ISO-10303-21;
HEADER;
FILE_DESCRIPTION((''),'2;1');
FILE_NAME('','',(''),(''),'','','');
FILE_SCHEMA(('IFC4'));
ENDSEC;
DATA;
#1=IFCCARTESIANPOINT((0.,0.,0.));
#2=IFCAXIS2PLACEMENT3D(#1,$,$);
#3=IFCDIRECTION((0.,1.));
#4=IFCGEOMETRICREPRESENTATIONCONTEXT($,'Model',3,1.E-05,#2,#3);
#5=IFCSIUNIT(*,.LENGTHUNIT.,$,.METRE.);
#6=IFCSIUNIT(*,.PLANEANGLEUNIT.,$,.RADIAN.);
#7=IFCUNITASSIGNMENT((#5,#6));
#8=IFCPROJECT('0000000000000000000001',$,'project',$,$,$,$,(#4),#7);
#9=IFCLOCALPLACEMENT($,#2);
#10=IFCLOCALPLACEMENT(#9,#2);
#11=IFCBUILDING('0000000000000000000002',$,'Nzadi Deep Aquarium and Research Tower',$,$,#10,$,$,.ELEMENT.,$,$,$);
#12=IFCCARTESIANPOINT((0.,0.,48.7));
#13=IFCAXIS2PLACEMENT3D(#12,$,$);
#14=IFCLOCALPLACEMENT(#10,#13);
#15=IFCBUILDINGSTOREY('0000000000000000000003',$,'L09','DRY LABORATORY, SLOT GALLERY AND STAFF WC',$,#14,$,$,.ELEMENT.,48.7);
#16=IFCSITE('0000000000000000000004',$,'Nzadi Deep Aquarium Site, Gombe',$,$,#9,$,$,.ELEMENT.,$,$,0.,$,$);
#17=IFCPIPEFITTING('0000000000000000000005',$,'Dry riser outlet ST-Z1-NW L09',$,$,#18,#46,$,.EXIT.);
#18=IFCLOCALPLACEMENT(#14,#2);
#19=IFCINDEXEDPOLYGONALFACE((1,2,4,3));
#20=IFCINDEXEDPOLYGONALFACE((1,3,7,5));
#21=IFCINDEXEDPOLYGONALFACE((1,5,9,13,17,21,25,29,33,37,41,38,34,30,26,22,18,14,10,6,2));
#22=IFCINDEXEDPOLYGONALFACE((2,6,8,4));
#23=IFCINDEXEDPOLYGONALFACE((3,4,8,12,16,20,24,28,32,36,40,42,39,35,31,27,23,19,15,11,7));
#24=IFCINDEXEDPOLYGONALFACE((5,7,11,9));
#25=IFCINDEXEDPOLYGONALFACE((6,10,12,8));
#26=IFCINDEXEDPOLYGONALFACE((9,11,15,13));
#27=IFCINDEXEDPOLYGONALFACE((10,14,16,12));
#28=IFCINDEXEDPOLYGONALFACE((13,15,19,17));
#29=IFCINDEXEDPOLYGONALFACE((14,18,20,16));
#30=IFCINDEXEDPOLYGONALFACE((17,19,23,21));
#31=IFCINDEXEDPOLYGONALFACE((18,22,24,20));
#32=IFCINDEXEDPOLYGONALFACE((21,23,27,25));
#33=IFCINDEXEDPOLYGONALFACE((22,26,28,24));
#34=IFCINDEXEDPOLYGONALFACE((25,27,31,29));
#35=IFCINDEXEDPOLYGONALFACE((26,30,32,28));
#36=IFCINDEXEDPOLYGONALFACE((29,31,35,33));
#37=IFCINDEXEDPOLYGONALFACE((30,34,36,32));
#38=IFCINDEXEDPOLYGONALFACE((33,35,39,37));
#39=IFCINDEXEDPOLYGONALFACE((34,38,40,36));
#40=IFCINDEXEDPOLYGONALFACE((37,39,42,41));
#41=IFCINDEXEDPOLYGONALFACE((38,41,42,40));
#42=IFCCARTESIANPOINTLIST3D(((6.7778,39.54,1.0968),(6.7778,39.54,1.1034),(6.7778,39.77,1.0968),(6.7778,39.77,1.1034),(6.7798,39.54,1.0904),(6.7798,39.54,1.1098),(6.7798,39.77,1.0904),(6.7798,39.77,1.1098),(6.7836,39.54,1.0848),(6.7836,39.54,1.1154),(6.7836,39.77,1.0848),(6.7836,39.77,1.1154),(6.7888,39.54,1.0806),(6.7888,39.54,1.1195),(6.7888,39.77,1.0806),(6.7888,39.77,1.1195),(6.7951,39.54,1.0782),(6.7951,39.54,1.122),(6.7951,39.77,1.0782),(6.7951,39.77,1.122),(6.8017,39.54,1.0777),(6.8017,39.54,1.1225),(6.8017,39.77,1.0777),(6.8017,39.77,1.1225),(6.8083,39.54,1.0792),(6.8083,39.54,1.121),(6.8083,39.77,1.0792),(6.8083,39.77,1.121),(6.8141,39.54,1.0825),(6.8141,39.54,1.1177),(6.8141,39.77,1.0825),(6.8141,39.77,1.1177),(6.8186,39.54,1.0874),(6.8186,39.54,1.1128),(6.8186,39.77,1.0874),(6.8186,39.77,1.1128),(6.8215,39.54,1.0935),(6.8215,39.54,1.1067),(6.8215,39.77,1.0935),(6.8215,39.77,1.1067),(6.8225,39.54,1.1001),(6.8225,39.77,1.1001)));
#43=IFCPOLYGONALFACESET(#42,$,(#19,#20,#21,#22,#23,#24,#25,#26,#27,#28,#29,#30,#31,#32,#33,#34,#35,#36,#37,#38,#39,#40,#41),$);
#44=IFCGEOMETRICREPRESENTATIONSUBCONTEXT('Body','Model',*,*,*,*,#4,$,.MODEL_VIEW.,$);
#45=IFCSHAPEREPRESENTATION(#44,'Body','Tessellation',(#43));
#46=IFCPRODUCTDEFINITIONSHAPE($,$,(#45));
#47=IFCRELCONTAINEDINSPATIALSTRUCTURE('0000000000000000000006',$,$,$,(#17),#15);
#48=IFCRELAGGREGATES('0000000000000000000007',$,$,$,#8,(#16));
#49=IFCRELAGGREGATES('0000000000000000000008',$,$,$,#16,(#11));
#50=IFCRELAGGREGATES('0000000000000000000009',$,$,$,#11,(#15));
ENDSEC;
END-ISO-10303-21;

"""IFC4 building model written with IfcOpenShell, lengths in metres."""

from ifc_helpers import new_model, si_unit, direction, frame, origin, origin_2d, place, context, subcontext, project, spatial, circle, extrude, element, save


model = new_model("IFC4")

# Units and contexts
model_context = context("Model", 3, precision=1e-05, world=origin(), true_north=direction((0.0, 1.0)))
body_context = subcontext(model_context, "Body", "Model", "MODEL_VIEW")
ifc_project = project(units=[si_unit("LENGTHUNIT", "METRE"), si_unit("PLANEANGLEUNIT", "RADIAN")], contexts=[model_context])

# Site, building, storey
site_placement = place(None, origin())
site = spatial("IfcSite", under=ifc_project, at=site_placement, Name="Nzadi Deep Aquarium Site, Gombe", CompositionType="ELEMENT", RefElevation=0.0)
building_placement = place(site_placement, origin())
building = spatial("IfcBuilding", under=site, at=building_placement, Name="Nzadi Deep Aquarium and Research Tower", CompositionType="ELEMENT")
storey_placement = place(building_placement, frame((0.0, 0.0, 48.7)))
storey = spatial("IfcBuildingStorey", under=building, at=storey_placement, Name="L09", Description="DRY LABORATORY, SLOT GALLERY AND STAFF WC", CompositionType="ELEMENT", Elevation=48.7)

# Pipe fitting
pipe_fitting_placement = place(storey_placement, frame((6.8, 39.77, 1.1001), z_axis=(0.0, -1.0, 0.0), x_axis=(1.0, 0.0, 0.0)))
element("IfcPipeFitting", 1, at=pipe_fitting_placement, inside=storey, Name="Dry riser outlet ST-Z1-NW L09", PredefinedType="EXIT", context=body_context, shape_type="SweptSolid", body=[
    extrude(circle(Radius=0.0225, at=origin_2d()), origin(), (0.0, 0.0, 1.0), 0.23),
])

save(model, "model.ifc")
